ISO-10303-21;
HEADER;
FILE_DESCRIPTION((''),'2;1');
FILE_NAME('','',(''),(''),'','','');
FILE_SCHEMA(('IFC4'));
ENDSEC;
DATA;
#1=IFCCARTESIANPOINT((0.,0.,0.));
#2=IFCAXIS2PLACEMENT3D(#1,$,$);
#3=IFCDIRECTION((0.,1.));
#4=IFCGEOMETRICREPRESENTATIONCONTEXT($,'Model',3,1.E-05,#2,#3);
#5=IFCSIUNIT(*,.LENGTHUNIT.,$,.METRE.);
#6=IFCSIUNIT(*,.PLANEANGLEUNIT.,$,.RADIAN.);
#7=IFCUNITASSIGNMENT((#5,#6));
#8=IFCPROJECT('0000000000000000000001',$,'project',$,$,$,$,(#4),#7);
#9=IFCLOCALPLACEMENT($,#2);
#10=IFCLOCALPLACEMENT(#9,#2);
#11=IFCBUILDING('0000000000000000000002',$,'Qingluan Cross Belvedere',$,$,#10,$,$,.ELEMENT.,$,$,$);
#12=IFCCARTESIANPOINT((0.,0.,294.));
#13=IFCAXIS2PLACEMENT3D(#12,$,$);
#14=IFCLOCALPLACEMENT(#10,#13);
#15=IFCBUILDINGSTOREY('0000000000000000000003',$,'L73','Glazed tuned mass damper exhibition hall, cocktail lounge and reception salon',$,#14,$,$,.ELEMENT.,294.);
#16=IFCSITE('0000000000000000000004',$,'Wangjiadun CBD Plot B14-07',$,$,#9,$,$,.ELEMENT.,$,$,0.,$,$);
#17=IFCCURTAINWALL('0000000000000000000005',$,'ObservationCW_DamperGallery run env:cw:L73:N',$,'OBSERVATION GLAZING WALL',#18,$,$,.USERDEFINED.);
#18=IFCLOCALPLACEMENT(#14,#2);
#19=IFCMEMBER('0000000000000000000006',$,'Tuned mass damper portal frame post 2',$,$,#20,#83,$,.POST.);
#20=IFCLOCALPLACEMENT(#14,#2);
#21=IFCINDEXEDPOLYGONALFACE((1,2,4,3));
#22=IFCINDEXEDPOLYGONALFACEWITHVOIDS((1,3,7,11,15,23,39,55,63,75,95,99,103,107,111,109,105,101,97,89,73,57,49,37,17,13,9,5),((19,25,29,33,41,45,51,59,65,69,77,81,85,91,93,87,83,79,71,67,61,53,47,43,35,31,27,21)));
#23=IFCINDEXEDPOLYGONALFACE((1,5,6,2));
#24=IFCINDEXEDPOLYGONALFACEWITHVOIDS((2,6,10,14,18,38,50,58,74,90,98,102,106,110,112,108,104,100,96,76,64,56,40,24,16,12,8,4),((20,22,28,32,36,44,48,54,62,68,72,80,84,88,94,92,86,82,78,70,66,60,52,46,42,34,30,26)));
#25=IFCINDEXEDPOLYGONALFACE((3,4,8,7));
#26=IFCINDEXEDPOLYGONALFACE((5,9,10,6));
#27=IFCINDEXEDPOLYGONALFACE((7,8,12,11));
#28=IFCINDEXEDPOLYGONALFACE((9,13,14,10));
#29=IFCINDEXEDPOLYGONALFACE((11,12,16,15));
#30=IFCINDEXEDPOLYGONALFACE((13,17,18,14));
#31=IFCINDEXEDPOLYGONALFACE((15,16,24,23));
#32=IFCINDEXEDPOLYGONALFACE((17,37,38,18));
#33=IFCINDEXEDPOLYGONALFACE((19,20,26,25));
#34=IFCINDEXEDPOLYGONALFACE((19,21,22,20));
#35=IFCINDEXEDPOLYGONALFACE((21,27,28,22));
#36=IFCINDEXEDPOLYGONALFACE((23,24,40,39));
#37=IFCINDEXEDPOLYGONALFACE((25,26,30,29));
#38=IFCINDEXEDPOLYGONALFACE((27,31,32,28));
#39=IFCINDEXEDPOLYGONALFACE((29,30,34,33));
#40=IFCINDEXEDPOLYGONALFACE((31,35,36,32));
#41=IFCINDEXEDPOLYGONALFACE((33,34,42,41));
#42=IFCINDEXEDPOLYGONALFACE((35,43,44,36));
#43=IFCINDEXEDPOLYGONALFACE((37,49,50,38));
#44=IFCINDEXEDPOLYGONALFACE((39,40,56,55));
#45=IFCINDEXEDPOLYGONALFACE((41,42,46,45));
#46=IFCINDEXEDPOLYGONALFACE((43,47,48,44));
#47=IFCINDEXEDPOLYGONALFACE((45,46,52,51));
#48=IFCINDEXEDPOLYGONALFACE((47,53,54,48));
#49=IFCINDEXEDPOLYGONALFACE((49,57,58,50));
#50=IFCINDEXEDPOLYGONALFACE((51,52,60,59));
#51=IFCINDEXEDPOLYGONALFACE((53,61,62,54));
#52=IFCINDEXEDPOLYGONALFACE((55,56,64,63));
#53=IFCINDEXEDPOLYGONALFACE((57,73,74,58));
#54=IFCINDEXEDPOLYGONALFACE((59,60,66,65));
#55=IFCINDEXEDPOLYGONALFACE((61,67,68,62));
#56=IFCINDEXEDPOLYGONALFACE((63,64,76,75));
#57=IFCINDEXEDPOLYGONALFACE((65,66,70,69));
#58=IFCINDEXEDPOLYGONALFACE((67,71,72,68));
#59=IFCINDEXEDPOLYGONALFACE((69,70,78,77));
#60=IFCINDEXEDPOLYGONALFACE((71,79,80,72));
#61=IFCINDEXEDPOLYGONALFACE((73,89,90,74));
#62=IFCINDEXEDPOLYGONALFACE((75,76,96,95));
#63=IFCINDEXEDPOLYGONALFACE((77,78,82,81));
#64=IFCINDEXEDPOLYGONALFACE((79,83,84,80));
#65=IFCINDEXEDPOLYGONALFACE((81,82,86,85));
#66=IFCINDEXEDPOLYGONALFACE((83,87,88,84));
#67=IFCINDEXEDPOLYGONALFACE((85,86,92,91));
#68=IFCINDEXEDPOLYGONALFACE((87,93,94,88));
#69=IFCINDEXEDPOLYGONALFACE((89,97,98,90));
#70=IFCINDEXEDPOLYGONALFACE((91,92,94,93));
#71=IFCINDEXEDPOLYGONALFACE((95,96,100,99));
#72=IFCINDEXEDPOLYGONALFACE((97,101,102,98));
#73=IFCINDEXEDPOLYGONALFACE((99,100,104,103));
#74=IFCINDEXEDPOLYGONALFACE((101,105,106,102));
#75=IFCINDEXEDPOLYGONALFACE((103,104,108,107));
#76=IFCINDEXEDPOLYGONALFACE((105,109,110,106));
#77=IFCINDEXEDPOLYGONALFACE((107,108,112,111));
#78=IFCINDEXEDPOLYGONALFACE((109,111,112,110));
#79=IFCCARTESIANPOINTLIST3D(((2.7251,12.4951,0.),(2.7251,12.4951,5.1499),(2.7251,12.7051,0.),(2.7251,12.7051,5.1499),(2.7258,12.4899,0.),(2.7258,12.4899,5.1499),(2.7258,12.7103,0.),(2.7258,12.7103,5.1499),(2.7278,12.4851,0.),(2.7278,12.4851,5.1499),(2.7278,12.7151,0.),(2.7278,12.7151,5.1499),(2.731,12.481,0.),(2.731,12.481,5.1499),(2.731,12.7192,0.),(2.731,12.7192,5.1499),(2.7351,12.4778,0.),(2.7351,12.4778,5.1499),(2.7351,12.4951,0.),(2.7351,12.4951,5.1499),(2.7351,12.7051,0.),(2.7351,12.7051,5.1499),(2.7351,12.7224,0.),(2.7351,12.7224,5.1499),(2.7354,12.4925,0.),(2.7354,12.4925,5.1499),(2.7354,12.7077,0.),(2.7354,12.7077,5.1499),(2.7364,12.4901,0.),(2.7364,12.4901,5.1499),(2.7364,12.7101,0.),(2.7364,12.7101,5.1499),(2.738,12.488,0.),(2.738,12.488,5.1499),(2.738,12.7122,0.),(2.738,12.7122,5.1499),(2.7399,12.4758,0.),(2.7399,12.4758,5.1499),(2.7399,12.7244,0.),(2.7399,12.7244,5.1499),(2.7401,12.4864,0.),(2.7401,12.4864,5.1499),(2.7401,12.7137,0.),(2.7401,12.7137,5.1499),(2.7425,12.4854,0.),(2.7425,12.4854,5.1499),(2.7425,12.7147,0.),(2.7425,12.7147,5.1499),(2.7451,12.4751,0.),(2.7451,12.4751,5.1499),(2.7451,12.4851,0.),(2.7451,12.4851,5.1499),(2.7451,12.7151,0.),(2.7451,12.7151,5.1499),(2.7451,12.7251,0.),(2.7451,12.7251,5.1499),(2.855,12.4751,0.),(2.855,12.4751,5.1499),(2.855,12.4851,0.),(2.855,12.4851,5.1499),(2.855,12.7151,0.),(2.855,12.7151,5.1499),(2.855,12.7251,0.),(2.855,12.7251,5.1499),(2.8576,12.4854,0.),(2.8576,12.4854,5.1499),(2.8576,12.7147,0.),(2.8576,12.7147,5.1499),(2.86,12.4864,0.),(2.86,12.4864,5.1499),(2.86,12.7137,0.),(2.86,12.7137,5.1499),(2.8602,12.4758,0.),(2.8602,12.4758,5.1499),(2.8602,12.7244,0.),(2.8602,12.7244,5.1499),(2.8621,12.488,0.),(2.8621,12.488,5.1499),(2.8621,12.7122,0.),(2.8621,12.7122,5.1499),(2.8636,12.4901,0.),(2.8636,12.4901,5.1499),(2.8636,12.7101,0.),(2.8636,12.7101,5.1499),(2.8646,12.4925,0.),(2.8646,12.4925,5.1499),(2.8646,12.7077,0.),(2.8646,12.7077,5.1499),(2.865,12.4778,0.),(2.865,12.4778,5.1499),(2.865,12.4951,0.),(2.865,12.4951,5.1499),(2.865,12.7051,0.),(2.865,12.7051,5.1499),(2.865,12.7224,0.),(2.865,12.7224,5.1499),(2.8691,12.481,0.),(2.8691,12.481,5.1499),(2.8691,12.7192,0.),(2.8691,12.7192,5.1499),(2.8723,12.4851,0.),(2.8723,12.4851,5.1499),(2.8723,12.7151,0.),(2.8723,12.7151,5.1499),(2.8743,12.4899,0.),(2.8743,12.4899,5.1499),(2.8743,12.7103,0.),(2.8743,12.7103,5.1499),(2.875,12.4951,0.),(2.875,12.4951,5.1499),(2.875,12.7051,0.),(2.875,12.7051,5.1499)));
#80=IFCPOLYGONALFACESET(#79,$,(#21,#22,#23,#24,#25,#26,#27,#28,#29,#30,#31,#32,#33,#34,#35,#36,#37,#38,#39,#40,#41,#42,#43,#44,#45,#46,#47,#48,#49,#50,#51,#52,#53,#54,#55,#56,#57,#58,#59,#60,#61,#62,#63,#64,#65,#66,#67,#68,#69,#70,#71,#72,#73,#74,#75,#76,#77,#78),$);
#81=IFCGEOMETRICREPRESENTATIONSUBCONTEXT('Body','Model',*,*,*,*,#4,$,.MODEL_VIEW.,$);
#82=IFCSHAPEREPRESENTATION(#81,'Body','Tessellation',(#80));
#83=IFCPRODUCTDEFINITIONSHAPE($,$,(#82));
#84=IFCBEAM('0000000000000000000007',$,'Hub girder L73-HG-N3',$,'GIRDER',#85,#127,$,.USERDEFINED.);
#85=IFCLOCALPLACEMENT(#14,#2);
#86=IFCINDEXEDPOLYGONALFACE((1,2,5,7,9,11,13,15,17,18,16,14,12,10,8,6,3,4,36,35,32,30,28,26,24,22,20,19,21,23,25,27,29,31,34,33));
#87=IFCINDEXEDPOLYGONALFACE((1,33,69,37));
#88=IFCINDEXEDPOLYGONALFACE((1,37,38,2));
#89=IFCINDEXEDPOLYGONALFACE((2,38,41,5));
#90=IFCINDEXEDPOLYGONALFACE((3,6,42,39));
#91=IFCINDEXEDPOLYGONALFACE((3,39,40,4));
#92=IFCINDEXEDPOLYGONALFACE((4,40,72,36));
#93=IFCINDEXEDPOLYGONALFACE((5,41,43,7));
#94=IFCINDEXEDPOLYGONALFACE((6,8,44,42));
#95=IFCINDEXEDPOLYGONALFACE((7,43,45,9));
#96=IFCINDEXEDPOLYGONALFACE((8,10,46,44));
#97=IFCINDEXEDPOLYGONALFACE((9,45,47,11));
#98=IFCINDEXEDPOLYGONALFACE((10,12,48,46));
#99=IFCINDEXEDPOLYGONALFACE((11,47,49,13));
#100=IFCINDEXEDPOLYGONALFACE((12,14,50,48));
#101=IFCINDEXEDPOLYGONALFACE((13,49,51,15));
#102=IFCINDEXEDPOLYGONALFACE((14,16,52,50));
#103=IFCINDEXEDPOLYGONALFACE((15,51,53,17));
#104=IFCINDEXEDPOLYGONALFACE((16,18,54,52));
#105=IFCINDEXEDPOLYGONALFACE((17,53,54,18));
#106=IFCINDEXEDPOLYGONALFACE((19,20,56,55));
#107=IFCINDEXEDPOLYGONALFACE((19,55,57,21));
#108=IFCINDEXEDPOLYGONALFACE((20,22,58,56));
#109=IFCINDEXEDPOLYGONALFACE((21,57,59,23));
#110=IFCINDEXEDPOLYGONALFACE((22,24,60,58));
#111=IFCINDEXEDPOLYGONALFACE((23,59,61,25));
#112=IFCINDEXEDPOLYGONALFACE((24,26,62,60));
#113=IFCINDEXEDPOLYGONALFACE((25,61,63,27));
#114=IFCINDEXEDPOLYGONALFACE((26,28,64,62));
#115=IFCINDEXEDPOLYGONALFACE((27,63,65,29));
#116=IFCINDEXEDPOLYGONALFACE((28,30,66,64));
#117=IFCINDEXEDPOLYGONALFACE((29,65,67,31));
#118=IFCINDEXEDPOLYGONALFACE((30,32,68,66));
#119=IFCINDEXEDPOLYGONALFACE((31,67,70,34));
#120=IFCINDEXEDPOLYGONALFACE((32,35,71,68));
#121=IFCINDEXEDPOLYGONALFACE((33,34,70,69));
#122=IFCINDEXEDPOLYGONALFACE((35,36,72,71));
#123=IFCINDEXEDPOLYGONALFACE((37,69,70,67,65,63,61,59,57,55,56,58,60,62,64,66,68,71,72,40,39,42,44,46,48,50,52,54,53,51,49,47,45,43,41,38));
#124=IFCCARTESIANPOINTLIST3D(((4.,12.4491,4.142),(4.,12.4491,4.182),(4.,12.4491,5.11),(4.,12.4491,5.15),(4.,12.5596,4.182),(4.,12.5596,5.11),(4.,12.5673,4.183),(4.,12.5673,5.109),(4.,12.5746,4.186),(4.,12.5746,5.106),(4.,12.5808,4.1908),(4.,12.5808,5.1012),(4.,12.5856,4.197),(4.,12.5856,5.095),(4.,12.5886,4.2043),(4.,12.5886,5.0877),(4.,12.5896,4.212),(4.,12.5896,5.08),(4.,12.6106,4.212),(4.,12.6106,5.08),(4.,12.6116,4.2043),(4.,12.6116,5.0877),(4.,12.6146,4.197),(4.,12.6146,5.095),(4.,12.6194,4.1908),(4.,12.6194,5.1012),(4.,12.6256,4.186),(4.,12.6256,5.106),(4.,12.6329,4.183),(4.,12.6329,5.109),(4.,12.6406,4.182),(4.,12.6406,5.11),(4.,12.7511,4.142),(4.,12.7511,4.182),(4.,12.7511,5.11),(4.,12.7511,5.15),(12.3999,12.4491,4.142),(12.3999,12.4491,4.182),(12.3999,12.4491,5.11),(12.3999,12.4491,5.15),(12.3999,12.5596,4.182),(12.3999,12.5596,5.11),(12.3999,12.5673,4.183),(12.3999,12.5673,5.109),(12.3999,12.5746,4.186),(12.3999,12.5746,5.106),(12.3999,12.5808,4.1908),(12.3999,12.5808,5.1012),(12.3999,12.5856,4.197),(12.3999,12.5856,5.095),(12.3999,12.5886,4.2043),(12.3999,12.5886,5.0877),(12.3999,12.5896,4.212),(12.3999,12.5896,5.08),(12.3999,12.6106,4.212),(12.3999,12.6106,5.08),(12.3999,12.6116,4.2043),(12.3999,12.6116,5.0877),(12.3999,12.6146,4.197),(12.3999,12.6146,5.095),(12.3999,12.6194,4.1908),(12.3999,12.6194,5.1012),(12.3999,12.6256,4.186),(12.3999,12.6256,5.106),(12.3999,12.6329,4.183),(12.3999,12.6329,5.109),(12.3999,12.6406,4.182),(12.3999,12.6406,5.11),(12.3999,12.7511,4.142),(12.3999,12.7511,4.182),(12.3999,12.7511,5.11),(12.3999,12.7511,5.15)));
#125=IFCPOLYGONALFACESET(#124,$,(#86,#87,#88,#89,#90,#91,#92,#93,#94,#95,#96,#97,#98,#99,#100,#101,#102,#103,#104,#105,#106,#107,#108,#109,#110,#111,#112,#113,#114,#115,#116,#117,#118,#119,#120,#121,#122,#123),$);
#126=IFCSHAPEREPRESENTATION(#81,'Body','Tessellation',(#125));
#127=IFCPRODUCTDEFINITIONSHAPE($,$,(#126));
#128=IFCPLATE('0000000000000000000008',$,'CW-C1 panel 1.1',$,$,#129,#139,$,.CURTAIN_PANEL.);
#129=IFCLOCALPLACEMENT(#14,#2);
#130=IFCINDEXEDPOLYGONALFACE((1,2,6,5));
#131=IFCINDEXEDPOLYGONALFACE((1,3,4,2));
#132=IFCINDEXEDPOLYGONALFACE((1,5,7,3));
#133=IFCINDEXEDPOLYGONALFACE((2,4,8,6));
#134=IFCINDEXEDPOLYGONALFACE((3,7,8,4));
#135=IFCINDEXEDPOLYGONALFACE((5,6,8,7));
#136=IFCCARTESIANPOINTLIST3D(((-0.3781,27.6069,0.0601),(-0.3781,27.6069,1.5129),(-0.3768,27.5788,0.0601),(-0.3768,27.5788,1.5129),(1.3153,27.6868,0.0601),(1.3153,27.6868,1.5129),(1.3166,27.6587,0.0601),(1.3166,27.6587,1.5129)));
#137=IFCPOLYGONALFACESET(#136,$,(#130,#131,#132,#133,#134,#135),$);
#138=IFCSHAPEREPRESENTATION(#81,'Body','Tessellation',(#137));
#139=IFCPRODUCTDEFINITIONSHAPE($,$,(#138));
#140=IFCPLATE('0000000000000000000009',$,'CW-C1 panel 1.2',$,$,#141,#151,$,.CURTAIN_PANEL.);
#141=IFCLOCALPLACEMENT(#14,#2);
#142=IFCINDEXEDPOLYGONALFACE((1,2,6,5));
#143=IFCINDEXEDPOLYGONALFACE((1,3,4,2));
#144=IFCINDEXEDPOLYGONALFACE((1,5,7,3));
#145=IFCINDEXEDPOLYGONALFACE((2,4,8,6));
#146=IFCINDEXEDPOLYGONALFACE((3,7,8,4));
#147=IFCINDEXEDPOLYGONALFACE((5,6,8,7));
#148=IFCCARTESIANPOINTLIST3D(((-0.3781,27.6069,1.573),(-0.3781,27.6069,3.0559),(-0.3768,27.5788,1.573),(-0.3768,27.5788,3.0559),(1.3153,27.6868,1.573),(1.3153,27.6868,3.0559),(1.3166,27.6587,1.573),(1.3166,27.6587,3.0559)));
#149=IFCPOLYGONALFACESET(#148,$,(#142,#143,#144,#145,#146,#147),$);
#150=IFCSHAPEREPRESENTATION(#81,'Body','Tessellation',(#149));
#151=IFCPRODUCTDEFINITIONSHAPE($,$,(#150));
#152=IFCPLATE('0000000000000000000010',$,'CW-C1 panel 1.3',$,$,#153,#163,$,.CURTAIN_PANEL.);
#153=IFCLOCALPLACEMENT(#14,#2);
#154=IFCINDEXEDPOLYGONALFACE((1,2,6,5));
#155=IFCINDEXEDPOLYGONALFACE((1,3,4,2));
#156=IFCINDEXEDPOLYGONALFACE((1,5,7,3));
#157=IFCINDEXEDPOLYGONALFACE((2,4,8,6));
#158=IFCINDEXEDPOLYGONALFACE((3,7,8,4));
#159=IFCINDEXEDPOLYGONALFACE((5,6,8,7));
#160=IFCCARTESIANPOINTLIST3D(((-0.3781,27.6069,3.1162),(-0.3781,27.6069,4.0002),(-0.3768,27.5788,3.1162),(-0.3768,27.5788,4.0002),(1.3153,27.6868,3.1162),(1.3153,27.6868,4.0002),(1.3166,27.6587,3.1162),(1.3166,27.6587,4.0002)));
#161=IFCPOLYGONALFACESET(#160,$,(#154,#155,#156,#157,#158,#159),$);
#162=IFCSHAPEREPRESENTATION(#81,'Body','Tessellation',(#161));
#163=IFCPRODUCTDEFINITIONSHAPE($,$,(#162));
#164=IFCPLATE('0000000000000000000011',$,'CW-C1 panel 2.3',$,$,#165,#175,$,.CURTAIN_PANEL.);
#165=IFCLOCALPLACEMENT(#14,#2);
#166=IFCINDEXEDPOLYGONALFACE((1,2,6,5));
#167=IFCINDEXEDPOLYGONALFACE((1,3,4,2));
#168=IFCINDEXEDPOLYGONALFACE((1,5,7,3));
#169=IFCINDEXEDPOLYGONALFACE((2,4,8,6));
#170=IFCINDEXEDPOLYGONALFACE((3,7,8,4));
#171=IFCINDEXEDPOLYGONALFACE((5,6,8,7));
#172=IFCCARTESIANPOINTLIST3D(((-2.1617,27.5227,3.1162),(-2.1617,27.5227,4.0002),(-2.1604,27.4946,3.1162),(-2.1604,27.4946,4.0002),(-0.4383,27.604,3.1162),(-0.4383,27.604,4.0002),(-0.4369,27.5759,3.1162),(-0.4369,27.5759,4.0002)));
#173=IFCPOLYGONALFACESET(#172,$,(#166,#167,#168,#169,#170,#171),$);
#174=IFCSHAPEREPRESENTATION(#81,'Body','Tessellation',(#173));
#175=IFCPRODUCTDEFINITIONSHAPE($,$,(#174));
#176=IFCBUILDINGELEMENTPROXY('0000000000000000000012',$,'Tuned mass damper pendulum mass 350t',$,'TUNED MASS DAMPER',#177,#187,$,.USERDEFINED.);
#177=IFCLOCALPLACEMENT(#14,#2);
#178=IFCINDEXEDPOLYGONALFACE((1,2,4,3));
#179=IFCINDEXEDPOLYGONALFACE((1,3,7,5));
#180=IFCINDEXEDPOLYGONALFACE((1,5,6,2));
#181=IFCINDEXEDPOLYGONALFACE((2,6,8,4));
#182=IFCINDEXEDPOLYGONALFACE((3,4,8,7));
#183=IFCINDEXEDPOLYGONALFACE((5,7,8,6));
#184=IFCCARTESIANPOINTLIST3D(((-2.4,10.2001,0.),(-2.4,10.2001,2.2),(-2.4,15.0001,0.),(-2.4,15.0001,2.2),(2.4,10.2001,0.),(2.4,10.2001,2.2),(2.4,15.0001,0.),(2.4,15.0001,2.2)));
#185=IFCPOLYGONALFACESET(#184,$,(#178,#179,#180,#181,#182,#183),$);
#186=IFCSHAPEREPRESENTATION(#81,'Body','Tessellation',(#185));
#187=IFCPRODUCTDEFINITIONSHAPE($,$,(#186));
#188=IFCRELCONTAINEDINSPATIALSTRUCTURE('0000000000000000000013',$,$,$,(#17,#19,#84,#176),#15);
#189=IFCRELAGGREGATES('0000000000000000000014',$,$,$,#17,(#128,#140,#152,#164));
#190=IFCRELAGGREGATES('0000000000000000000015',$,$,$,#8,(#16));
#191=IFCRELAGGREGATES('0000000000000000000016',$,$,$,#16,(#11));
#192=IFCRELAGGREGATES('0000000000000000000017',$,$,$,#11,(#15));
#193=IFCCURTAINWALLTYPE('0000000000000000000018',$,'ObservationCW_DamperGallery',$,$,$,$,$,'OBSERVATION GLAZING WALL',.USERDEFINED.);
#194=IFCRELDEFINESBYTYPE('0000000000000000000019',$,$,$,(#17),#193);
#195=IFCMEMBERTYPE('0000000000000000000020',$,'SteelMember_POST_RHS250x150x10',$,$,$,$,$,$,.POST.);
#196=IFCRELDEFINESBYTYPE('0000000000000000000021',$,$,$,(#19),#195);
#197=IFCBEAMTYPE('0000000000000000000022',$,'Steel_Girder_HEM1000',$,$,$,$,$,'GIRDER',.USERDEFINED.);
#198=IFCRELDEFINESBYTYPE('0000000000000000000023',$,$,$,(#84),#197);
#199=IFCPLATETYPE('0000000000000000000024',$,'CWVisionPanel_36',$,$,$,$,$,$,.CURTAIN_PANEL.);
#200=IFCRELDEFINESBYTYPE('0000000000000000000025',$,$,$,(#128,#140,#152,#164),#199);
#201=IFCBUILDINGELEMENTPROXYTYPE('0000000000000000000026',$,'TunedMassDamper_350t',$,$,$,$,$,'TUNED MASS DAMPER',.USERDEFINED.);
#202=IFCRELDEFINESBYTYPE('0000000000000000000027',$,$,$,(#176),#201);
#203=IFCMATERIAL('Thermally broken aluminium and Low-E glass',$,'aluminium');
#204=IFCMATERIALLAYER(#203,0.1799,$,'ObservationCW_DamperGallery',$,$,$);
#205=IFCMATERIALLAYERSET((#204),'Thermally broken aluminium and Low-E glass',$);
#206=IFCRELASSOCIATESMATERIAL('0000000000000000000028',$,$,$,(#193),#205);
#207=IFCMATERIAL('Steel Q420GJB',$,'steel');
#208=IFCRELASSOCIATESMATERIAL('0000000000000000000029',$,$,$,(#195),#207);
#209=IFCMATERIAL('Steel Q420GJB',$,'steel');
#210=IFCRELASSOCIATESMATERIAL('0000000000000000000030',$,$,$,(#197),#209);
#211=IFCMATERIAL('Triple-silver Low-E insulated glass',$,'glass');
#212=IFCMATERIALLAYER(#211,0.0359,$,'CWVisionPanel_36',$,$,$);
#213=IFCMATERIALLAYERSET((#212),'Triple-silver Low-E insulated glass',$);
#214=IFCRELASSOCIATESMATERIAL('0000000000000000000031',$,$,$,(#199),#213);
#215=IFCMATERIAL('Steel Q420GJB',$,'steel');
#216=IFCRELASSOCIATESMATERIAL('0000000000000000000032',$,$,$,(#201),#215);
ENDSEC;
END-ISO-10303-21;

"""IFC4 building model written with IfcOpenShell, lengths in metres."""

from ifc_helpers import new_model, si_unit, direction, frame, origin, origin_2d, place, context, subcontext, project, spatial, rectangle, hollow_rectangle, i_section, extrude, material, layer, layer_set, material_profile, profile_set, type_object, element, aggregate, save


model = new_model("IFC4")

# Units and contexts
model_context = context("Model", 3, precision=1e-05, world=origin(), true_north=direction((0.0, 1.0)))
body_context = subcontext(model_context, "Body", "Model", "MODEL_VIEW")
ifc_project = project(units=[si_unit("LENGTHUNIT", "METRE"), si_unit("PLANEANGLEUNIT", "RADIAN")], contexts=[model_context])

# Site, building, storey
site_placement = place(None, origin())
site = spatial("IfcSite", under=ifc_project, at=site_placement, Name="Wangjiadun CBD Plot B14-07", CompositionType="ELEMENT", RefElevation=0.0)
building_placement = place(site_placement, origin())
building = spatial("IfcBuilding", under=site, at=building_placement, Name="Qingluan Cross Belvedere", CompositionType="ELEMENT")
storey_placement = place(building_placement, frame((0.0, 0.0, 294.0)))
storey = spatial("IfcBuildingStorey", under=building, at=storey_placement, Name="L73", Description="Glazed tuned mass damper exhibition hall, cocktail lounge and reception salon", CompositionType="ELEMENT", Elevation=294.0)

# Curtain wall
ifc_material_1 = material(Name="Thermally broken aluminium and Low-E glass", Category="aluminium")
ifc_layer_1 = layer(ifc_material_1, 0.1799, Name="ObservationCW_DamperGallery")
ifc_layer_set_1 = layer_set([ifc_layer_1], Name="Thermally broken aluminium and Low-E glass")
curtain_wall_type = type_object("IfcCurtainWallType", Name="ObservationCW_DamperGallery", ElementType="OBSERVATION GLAZING WALL", PredefinedType="USERDEFINED", material=ifc_layer_set_1)
curtain_wall_placement = place(storey_placement, origin())
curtain_wall = element("IfcCurtainWall", 1, at=curtain_wall_placement, inside=storey, type_object=curtain_wall_type, Name="ObservationCW_DamperGallery run env:cw:L73:N", ObjectType="OBSERVATION GLAZING WALL", PredefinedType="USERDEFINED")

# Member
ifc_material_2 = material(Name="Steel Q420GJB", Category="steel")
ifc_material_profile_1 = material_profile(ifc_material_2, hollow_rectangle(XDim=0.1499, YDim=0.25, WallThickness=0.01, InnerFilletRadius=0.01, OuterFilletRadius=0.02, at=origin_2d()), Name="RHS250x150x10")
ifc_profile_set_1 = profile_set([ifc_material_profile_1], Name="Steel Q420GJB")
member_type_1 = type_object("IfcMemberType", Name="SteelMember_POST_RHS250x150x10", PredefinedType="POST", material=ifc_profile_set_1)
member_1_placement = place(storey_placement, frame((2.8, 12.6001, 0.0), z_axis=(0.0, 0.0, 1.0), x_axis=(1.0, 0.0, 0.0)))
element("IfcMember", 2, at=member_1_placement, inside=storey, type_object=member_type_1, Name="Tuned mass damper portal frame post 2", PredefinedType="POST", context=body_context, shape_type="SweptSolid", body=[
    extrude(hollow_rectangle(XDim=0.1499, YDim=0.25, WallThickness=0.01, InnerFilletRadius=0.01, OuterFilletRadius=0.02, at=origin_2d()), origin(), (0.0, 0.0, 1.0), 5.1499),
])

# Beam
ifc_material_3 = material(Name="Steel Q420GJB", Category="steel")
ifc_material_profile_2 = material_profile(ifc_material_3, i_section(OverallWidth=0.302, OverallDepth=1.0081, WebThickness=0.021, FlangeThickness=0.04, FilletRadius=0.03, at=origin_2d()), Name="HEM1000")
ifc_profile_set_2 = profile_set([ifc_material_profile_2], Name="Steel Q420GJB")
beam_type = type_object("IfcBeamType", Name="Steel_Girder_HEM1000", ElementType="GIRDER", PredefinedType="USERDEFINED", material=ifc_profile_set_2)
beam_placement = place(storey_placement, frame((4.0, 12.6001, 4.646), z_axis=(1.0, 0.0, 0.0), x_axis=(0.0, 1.0, 0.0)))
element("IfcBeam", 3, at=beam_placement, inside=storey, type_object=beam_type, Name="Hub girder L73-HG-N3", ObjectType="GIRDER", PredefinedType="USERDEFINED", context=body_context, shape_type="SweptSolid", body=[
    extrude(i_section(OverallWidth=0.302, OverallDepth=1.0081, WebThickness=0.021, FlangeThickness=0.04, FilletRadius=0.03, at=origin_2d()), origin(), (0.0, 0.0, 1.0), 8.3999),
])

# Plates
ifc_material_4 = material(Name="Triple-silver Low-E insulated glass", Category="glass")
ifc_layer_2 = layer(ifc_material_4, 0.0359, Name="CWVisionPanel_36")
ifc_layer_set_2 = layer_set([ifc_layer_2], Name="Triple-silver Low-E insulated glass")
plate_type = type_object("IfcPlateType", Name="CWVisionPanel_36", PredefinedType="CURTAIN_PANEL", material=ifc_layer_set_2)
plate_1_placement = place(storey_placement, frame((0.4692, 27.6328, 0.0601), z_axis=(0.0, 0.0, 1.0), x_axis=(-0.998889, -0.047125, 0.0)))
plate_1 = element("IfcPlate", 4, at=plate_1_placement, type_object=plate_type, Name="CW-C1 panel 1.1", PredefinedType="CURTAIN_PANEL", context=body_context, shape_type="SweptSolid", body=[
    extrude(rectangle(XDim=1.6953, YDim=0.0281, at=origin_2d()), origin(), (0.0, 0.0, 1.0), 1.4529),
])
plate_2_placement = place(storey_placement, frame((0.4692, 27.6328, 1.573), z_axis=(0.0, 0.0, 1.0), x_axis=(-0.998889, -0.047125, 0.0)))
plate_2 = element("IfcPlate", 5, at=plate_2_placement, type_object=plate_type, Name="CW-C1 panel 1.2", PredefinedType="CURTAIN_PANEL", context=body_context, shape_type="SweptSolid", body=[
    extrude(rectangle(XDim=1.6953, YDim=0.0281, at=origin_2d()), origin(), (0.0, 0.0, 1.0), 1.4829),
])
plate_3_placement = place(storey_placement, frame((0.4692, 27.6328, 3.1162), z_axis=(0.0, 0.0, 1.0), x_axis=(-0.998889, -0.047125, 0.0)))
plate_3 = element("IfcPlate", 6, at=plate_3_placement, type_object=plate_type, Name="CW-C1 panel 1.3", PredefinedType="CURTAIN_PANEL", context=body_context, shape_type="SweptSolid", body=[
    extrude(rectangle(XDim=1.6953, YDim=0.0281, at=origin_2d()), origin(), (0.0, 0.0, 1.0), 0.884),
])
plate_4_placement = place(storey_placement, frame((-1.2993, 27.5493, 3.1162), z_axis=(0.0, 0.0, 1.0), x_axis=(-0.998889, -0.047125, 0.0)))
plate_4 = element("IfcPlate", 7, at=plate_4_placement, type_object=plate_type, Name="CW-C1 panel 2.3", PredefinedType="CURTAIN_PANEL", context=body_context, shape_type="SweptSolid", body=[
    extrude(rectangle(XDim=1.7253, YDim=0.0281, at=origin_2d()), origin(), (0.0, 0.0, 1.0), 0.884),
])
aggregate(curtain_wall, [plate_1, plate_2, plate_3, plate_4])

# Building element proxy
ifc_material_5 = material(Name="Steel Q420GJB", Category="steel")
building_element_proxy_type = type_object("IfcBuildingElementProxyType", Name="TunedMassDamper_350t", ElementType="TUNED MASS DAMPER", PredefinedType="USERDEFINED", material=ifc_material_5)
proxy_placement = place(storey_placement, frame((0.0, 12.6001, 0.0), z_axis=(0.0, 0.0, 1.0), x_axis=(1.0, 0.0, 0.0)))
element("IfcBuildingElementProxy", 8, at=proxy_placement, inside=storey, type_object=building_element_proxy_type, Name="Tuned mass damper pendulum mass 350t", ObjectType="TUNED MASS DAMPER", PredefinedType="USERDEFINED", context=body_context, shape_type="SweptSolid", body=[
    extrude(rectangle(XDim=4.8, YDim=4.8, at=origin_2d()), origin(), (0.0, 0.0, 1.0), 2.2),
])

save(model, "model.ifc")
